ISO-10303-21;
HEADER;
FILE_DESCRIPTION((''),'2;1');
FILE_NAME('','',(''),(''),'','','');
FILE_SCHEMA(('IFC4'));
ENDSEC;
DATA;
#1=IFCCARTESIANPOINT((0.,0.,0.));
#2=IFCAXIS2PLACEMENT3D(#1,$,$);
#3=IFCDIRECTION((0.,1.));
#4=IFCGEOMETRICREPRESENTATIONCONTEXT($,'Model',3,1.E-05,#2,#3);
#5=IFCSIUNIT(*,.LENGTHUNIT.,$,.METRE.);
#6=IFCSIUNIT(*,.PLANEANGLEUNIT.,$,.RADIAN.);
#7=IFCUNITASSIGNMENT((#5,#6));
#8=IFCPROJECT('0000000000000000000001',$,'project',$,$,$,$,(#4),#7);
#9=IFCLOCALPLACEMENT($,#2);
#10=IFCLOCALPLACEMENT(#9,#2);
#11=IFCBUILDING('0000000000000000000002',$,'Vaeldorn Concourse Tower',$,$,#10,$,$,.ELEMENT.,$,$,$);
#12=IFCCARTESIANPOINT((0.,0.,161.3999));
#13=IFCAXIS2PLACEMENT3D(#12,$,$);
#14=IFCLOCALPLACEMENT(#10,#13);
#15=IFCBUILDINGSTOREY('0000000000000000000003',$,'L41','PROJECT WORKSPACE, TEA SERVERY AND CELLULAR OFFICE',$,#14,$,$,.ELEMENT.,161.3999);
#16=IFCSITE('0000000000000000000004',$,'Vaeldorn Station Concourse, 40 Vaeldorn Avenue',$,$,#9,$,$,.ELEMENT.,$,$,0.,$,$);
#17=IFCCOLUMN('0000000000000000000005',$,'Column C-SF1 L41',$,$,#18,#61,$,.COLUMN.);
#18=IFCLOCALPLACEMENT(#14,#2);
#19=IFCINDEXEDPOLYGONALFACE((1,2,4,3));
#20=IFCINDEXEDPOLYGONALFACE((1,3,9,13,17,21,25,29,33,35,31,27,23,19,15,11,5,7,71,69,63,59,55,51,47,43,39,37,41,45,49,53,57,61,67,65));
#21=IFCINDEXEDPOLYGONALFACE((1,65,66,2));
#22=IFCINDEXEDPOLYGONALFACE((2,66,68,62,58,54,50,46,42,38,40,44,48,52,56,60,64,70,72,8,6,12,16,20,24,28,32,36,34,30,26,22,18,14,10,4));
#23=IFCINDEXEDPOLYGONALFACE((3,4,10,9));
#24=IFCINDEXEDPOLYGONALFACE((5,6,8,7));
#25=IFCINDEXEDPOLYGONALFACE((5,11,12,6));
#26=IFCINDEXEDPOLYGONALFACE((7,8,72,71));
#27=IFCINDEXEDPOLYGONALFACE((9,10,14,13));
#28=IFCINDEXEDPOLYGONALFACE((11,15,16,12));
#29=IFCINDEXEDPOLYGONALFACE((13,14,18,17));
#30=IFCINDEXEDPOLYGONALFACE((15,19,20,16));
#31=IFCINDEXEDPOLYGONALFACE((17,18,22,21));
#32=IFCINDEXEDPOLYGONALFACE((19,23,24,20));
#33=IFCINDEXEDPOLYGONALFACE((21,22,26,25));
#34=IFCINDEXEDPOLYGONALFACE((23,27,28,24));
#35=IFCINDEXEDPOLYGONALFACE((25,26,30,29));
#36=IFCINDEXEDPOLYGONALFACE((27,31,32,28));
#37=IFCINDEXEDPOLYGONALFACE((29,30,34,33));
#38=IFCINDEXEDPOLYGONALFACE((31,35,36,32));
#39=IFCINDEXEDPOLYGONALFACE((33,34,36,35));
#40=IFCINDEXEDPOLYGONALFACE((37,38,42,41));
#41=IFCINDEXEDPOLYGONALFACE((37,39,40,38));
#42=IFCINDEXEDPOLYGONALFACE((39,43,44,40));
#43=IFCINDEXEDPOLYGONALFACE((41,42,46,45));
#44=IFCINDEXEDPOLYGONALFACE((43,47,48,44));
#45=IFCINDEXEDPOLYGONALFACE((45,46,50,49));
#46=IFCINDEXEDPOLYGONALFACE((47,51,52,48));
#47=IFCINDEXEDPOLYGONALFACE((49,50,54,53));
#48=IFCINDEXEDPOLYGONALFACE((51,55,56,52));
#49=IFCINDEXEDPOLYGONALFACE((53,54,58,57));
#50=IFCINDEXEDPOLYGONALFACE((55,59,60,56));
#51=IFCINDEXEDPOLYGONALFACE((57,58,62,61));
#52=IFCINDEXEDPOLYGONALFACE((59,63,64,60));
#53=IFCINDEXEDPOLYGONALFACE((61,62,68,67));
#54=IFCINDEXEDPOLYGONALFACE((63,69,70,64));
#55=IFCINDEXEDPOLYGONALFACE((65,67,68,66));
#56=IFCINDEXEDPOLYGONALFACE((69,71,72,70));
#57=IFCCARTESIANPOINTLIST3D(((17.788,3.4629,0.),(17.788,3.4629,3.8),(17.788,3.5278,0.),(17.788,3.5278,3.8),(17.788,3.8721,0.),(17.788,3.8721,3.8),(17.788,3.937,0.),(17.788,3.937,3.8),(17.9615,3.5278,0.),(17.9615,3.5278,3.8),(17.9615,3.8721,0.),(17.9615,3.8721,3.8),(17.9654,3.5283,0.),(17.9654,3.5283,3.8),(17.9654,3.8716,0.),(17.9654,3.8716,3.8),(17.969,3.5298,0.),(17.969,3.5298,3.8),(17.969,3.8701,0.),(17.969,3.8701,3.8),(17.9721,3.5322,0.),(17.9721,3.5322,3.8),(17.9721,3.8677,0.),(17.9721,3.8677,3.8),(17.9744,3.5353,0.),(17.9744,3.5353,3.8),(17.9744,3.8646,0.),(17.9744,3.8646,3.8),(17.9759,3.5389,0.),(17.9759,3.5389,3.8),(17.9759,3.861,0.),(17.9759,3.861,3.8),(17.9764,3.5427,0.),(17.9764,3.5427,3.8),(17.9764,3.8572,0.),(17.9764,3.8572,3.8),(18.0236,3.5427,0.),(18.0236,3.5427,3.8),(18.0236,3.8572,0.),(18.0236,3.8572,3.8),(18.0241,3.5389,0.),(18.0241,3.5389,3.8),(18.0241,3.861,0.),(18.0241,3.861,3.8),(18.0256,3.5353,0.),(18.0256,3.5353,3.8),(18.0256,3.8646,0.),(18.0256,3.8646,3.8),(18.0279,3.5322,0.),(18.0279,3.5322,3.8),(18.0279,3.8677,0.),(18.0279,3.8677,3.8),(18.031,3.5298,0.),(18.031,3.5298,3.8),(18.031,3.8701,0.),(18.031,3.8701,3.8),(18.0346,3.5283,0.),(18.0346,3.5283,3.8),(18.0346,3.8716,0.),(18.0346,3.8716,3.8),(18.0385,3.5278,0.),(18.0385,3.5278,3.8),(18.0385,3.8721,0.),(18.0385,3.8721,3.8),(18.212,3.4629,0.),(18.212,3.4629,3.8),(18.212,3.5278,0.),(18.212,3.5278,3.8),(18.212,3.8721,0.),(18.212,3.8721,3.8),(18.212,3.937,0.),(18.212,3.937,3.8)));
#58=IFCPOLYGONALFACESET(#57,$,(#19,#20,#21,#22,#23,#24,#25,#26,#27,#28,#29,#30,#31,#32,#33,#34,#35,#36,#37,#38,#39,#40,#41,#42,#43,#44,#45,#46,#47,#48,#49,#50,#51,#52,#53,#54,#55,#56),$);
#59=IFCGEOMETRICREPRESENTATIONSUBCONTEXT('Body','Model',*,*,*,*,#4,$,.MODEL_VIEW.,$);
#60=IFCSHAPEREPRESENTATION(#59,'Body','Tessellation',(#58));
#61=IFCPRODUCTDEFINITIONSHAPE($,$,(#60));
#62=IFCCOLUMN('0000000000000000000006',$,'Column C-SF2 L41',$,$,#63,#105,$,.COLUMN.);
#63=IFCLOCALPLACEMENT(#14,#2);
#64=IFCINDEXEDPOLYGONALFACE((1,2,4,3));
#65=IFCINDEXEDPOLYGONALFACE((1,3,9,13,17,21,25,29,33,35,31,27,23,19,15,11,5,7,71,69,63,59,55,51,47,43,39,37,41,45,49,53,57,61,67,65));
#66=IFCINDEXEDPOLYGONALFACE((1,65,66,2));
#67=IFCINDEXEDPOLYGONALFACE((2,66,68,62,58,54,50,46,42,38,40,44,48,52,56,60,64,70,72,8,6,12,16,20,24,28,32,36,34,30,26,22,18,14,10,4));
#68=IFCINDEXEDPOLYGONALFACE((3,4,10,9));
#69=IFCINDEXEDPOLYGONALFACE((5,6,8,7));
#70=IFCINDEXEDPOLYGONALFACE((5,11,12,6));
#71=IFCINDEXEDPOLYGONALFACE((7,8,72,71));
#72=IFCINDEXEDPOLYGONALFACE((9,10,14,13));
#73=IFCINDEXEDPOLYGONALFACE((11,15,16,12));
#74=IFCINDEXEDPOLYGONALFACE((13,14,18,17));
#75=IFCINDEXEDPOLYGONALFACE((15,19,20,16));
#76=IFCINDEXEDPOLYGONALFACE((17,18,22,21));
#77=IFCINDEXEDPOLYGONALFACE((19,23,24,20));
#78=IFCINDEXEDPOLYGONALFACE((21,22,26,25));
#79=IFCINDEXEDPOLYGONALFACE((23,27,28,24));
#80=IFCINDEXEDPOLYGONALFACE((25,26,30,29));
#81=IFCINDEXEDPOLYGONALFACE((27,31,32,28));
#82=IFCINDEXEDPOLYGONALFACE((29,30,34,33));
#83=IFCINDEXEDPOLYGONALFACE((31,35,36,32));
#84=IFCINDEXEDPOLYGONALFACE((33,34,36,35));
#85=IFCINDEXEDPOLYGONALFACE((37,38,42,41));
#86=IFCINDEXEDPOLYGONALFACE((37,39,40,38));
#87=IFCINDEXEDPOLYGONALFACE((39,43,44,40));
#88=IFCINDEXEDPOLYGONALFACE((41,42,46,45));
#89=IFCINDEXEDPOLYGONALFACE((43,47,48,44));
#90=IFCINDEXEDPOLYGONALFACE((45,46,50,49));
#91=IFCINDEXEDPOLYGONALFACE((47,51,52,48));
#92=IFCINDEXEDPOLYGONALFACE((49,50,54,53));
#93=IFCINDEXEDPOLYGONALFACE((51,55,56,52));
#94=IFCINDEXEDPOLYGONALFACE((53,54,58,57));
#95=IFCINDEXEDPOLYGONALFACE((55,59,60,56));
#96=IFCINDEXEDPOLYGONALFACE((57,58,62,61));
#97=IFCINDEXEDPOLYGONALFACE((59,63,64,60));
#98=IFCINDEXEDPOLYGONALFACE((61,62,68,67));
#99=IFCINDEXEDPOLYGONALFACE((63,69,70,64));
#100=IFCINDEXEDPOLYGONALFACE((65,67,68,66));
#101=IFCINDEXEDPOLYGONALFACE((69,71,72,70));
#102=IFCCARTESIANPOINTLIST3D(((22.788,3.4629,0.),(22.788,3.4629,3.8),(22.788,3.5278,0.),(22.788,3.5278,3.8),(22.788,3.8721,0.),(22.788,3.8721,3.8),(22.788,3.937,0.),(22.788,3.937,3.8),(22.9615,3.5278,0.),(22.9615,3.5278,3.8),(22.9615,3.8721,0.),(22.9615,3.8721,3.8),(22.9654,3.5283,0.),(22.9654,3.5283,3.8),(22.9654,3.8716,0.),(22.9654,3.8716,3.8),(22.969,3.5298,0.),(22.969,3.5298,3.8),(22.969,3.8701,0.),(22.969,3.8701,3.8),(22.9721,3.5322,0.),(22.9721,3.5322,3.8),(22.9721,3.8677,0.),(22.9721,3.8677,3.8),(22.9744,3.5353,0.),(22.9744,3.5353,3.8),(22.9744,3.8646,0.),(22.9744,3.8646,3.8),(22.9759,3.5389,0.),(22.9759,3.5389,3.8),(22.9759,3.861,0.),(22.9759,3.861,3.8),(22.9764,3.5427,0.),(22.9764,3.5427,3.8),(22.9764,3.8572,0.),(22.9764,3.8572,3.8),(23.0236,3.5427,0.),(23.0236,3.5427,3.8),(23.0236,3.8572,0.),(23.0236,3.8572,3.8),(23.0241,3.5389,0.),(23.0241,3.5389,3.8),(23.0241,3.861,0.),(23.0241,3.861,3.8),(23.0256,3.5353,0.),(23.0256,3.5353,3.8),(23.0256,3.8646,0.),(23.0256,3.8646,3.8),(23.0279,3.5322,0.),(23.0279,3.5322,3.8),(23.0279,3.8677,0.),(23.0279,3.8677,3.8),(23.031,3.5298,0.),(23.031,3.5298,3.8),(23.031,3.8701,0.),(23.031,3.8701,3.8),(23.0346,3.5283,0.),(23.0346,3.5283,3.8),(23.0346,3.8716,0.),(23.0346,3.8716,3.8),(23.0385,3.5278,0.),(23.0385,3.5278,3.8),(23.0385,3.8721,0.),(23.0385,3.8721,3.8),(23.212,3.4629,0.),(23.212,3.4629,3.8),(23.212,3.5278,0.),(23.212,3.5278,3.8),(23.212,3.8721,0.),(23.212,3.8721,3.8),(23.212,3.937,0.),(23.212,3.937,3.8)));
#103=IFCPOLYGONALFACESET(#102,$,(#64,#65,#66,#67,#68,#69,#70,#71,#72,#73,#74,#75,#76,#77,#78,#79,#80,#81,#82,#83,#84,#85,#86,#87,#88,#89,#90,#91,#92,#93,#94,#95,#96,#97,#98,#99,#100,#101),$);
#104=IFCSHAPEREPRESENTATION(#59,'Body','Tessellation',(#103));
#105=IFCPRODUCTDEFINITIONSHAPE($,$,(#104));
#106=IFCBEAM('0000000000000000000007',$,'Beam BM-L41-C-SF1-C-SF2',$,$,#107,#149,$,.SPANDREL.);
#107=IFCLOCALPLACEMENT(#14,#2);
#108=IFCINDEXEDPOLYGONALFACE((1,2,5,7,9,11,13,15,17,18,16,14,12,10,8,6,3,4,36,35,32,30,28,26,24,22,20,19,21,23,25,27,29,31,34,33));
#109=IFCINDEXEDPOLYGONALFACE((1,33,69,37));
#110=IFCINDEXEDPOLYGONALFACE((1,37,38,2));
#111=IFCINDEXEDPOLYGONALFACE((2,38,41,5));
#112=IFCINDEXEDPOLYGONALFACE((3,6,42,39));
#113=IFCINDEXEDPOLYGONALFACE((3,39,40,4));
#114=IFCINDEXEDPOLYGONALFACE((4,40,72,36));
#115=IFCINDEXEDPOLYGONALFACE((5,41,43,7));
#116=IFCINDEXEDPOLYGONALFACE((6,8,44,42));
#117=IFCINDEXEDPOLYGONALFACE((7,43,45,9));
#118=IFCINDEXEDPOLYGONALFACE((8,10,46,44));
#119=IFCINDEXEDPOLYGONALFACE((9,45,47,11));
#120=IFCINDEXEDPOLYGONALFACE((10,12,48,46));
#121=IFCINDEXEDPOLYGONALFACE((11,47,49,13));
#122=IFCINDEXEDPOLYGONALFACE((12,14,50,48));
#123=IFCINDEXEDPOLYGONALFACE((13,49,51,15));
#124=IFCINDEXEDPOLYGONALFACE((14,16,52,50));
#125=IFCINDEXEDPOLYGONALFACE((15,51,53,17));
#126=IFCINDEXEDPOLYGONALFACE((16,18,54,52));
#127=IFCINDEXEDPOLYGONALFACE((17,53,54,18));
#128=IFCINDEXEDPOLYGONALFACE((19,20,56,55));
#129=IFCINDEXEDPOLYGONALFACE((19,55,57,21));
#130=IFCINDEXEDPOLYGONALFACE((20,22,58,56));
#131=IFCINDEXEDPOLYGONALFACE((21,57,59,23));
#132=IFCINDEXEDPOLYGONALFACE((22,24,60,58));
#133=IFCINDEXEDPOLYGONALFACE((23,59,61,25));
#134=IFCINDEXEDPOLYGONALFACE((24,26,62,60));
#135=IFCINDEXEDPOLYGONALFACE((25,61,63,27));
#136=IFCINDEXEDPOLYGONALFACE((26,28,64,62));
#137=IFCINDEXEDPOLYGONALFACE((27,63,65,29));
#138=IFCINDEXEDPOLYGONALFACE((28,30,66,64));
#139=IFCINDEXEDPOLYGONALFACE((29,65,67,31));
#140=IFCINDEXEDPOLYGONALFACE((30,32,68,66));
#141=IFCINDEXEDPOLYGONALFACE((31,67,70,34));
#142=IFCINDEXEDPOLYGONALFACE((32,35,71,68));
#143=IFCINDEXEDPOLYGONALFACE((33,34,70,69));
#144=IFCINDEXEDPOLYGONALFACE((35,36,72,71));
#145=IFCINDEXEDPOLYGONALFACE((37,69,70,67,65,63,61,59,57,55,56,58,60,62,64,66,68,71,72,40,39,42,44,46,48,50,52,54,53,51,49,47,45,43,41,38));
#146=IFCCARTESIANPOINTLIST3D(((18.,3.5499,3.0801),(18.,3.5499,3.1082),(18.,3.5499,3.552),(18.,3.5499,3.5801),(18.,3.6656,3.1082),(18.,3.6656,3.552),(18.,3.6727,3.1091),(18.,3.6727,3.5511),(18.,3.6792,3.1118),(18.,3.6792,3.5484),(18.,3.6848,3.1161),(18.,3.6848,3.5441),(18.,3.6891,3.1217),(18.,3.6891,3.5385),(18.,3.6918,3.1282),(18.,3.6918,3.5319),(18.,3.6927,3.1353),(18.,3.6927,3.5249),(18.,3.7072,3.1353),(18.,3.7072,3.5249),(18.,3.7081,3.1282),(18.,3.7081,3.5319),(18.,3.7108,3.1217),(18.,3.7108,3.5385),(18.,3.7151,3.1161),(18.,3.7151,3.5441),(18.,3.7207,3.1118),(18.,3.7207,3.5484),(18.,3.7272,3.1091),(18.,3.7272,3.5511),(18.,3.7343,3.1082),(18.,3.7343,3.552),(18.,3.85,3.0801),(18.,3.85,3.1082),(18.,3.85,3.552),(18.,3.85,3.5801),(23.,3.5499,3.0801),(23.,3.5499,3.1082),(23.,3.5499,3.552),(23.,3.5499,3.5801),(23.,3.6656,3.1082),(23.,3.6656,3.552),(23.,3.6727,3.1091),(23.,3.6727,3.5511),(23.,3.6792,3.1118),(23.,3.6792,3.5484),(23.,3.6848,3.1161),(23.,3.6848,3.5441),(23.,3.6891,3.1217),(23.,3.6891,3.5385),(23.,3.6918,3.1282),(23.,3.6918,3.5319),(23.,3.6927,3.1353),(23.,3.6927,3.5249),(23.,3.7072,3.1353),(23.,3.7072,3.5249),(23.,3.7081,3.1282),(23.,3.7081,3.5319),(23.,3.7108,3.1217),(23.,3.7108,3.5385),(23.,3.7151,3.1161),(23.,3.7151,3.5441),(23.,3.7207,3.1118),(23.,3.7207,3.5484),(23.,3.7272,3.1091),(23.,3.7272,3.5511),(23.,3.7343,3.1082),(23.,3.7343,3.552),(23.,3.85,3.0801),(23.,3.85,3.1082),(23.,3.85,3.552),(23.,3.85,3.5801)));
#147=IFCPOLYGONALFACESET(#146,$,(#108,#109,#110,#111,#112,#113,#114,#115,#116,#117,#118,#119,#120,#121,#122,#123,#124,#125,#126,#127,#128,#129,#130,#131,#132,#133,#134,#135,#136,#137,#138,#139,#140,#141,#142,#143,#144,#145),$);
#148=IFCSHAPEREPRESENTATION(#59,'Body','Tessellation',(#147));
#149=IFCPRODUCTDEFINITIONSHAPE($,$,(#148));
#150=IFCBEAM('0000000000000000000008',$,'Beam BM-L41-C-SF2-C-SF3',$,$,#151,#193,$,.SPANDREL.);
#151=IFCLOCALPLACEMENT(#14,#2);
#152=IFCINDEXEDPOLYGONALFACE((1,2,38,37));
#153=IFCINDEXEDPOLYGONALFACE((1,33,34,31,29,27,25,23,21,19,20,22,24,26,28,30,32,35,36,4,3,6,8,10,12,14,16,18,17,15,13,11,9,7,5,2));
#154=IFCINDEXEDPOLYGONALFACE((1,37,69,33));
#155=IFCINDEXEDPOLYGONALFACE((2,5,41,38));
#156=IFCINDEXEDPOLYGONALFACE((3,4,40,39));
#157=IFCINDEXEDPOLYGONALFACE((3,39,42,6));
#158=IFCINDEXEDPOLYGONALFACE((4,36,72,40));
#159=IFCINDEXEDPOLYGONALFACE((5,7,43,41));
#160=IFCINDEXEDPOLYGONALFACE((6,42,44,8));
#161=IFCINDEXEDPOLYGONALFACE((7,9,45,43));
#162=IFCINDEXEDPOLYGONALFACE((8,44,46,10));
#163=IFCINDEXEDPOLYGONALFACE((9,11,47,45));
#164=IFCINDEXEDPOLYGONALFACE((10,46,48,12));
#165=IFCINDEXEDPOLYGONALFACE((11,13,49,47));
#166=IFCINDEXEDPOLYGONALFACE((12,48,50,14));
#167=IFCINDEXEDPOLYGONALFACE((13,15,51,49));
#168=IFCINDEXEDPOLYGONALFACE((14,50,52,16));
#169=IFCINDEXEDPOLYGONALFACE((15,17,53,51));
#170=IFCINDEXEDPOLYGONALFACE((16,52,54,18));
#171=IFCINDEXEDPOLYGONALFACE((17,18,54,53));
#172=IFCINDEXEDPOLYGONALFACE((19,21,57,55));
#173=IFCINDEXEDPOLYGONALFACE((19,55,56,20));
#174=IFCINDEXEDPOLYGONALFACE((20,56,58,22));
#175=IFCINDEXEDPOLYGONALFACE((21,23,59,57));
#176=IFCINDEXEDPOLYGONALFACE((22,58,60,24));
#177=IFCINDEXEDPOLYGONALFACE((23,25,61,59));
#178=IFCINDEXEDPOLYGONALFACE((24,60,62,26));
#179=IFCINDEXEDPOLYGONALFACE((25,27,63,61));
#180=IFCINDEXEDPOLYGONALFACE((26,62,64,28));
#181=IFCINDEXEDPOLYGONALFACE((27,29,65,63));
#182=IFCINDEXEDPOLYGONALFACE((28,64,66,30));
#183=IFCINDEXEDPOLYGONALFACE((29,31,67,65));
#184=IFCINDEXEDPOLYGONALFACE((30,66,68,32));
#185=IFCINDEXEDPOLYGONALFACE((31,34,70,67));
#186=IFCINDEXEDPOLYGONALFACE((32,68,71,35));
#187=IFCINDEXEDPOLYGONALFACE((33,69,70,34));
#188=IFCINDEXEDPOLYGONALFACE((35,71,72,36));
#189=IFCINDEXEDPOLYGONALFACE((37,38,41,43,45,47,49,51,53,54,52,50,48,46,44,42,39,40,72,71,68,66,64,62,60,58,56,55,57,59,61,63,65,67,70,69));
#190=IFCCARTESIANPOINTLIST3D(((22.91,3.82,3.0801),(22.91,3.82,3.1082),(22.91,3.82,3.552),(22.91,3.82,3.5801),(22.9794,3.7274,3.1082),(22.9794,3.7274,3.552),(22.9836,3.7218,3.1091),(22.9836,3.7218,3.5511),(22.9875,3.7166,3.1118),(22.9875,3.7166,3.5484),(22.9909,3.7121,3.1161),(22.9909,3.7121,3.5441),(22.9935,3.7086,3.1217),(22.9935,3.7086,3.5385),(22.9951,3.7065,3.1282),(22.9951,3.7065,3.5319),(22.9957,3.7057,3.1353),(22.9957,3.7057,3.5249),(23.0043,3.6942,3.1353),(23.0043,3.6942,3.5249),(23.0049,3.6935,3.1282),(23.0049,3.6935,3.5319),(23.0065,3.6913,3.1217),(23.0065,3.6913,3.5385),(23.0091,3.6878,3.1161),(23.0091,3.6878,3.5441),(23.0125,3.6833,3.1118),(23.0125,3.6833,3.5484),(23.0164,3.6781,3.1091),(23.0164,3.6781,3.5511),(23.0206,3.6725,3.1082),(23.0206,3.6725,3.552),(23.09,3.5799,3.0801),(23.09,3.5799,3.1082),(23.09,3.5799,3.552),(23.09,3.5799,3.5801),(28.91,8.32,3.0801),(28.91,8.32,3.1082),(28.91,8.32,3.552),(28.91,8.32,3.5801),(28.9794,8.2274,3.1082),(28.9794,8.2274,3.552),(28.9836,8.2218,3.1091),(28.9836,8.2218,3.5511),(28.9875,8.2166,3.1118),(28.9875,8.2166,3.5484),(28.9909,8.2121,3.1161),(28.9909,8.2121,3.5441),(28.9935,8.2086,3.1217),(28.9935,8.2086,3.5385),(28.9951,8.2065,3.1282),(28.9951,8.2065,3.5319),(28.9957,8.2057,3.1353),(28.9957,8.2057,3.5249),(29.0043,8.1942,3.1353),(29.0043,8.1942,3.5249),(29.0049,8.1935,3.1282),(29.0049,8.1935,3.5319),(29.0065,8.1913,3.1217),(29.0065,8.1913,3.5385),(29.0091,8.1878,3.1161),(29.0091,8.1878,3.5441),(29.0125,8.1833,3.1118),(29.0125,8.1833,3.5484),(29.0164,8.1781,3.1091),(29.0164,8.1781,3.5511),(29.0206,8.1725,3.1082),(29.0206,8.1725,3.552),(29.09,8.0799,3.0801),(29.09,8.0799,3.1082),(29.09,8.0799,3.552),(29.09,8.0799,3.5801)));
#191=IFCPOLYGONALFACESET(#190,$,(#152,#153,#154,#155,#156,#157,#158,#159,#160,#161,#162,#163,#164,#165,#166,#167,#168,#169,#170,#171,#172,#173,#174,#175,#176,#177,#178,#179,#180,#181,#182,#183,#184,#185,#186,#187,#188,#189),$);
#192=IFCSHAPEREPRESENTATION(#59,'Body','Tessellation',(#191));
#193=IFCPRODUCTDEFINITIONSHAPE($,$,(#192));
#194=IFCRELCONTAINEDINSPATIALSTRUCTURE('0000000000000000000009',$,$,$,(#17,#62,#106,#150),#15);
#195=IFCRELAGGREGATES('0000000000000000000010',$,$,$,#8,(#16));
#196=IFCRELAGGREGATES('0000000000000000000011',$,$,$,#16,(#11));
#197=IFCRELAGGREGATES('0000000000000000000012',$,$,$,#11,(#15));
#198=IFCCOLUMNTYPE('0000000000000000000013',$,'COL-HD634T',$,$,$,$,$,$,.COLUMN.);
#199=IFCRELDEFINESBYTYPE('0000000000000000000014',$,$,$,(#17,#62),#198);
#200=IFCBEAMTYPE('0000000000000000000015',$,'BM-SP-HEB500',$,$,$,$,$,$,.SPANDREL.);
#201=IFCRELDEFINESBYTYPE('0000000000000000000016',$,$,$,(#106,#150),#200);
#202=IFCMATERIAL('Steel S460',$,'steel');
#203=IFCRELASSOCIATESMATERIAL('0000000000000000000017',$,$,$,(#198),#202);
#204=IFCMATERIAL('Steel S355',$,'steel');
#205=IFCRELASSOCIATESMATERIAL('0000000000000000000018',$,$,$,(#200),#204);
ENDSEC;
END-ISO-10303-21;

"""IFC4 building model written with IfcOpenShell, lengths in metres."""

from ifc_helpers import new_model, si_unit, direction, frame, origin, origin_2d, place, context, subcontext, project, spatial, i_section, extrude, source, transform, mapped, material, material_profile, profile_set, type_object, element, save


model = new_model("IFC4")

# Units and contexts
model_context = context("Model", 3, precision=1e-05, world=origin(), true_north=direction((0.0, 1.0)))
body_context = subcontext(model_context, "Body", "Model", "MODEL_VIEW")
ifc_project = project(units=[si_unit("LENGTHUNIT", "METRE"), si_unit("PLANEANGLEUNIT", "RADIAN")], contexts=[model_context])

# Site, building, storey
site_placement = place(None, origin())
site = spatial("IfcSite", under=ifc_project, at=site_placement, Name="Vaeldorn Station Concourse, 40 Vaeldorn Avenue", CompositionType="ELEMENT", RefElevation=0.0)
building_placement = place(site_placement, origin())
building = spatial("IfcBuilding", under=site, at=building_placement, Name="Vaeldorn Concourse Tower", CompositionType="ELEMENT")
storey_placement = place(building_placement, frame((0.0, 0.0, 161.3999)))
storey = spatial("IfcBuildingStorey", under=building, at=storey_placement, Name="L41", Description="PROJECT WORKSPACE, TEA SERVERY AND CELLULAR OFFICE", CompositionType="ELEMENT", Elevation=161.3999)

# Columns
ifc_material_1 = material(Name="Steel S460", Category="steel")
ifc_material_profile_1 = material_profile(ifc_material_1, i_section(OverallWidth=0.4241, OverallDepth=0.4741, WebThickness=0.0471, FlangeThickness=0.0649, FilletRadius=0.0149, at=origin_2d()), Name="HD 400x634")
ifc_profile_set_1 = profile_set([ifc_material_profile_1], Name="Steel S460")
column_type = type_object("IfcColumnType", Name="COL-HD634T", PredefinedType="COLUMN", material=ifc_profile_set_1)
shared_shape_1 = source(origin(), body_context, "Body", "SweptSolid", [
    extrude(i_section(OverallWidth=0.4241, OverallDepth=0.4741, WebThickness=0.0471, FlangeThickness=0.0649, FilletRadius=0.0149, at=origin_2d()), origin(), (0.0, 0.0, 1.0), 3.8),
])
for number, where, z_axis, x_axis, name in (
    (1, (18.0, 3.7, 0.0), (0.0, 0.0, 1.0), (1.0, 0.0, 0.0), "Column C-SF1 L41"),
    (2, (23.0, 3.7, 0.0), (0.0, 0.0, 1.0), (1.0, 0.0, 0.0), "Column C-SF2 L41"),
):
    element("IfcColumn", number, at=place(storey_placement, frame(where, z_axis=z_axis, x_axis=x_axis)), inside=storey, type_object=column_type, Name=name, PredefinedType="COLUMN", context=body_context, shape_type="MappedRepresentation", body=[
        mapped(shared_shape_1, transform((0.0, 0.0, 0.0), scale=1.0)),
    ])

# Beams
ifc_material_2 = material(Name="Steel S355", Category="steel")
ifc_material_profile_2 = material_profile(ifc_material_2, i_section(OverallWidth=0.3, OverallDepth=0.5, WebThickness=0.0144, FlangeThickness=0.0281, FilletRadius=0.0271, at=origin_2d()), Name="HEB 500")
ifc_profile_set_2 = profile_set([ifc_material_profile_2], Name="Steel S355")
beam_type_1 = type_object("IfcBeamType", Name="BM-SP-HEB500", PredefinedType="SPANDREL", material=ifc_profile_set_2)
shared_shape_2 = source(origin(), body_context, "Body", "SweptSolid", [
    extrude(i_section(OverallWidth=0.3, OverallDepth=0.5, WebThickness=0.0144, FlangeThickness=0.0281, FilletRadius=0.0271, at=origin_2d()), origin(), (0.0, 0.0, 1.0), 5.0),
])
beam_1_placement = place(storey_placement, frame((18.0, 3.7, 3.3301), z_axis=(1.0, 0.0, 0.0), x_axis=(0.0, 1.0, 0.0)))
element("IfcBeam", 3, at=beam_1_placement, inside=storey, type_object=beam_type_1, Name="Beam BM-L41-C-SF1-C-SF2", PredefinedType="SPANDREL", context=body_context, shape_type="MappedRepresentation", body=[
    mapped(shared_shape_2, transform((0.0, 0.0, 0.0), scale=1.0)),
])
shared_shape_3 = source(origin(), body_context, "Body", "SweptSolid", [
    extrude(i_section(OverallWidth=0.3, OverallDepth=0.5, WebThickness=0.0144, FlangeThickness=0.0281, FilletRadius=0.0271, at=origin_2d()), origin(), (0.0, 0.0, 1.0), 7.5),
])
beam_2_placement = place(storey_placement, frame((23.0, 3.7, 3.3301), z_axis=(0.8, 0.6, 0.0), x_axis=(-0.6, 0.8, 0.0)))
element("IfcBeam", 4, at=beam_2_placement, inside=storey, type_object=beam_type_1, Name="Beam BM-L41-C-SF2-C-SF3", PredefinedType="SPANDREL", context=body_context, shape_type="MappedRepresentation", body=[
    mapped(shared_shape_3, transform((0.0, 0.0, 0.0), scale=1.0)),
])

save(model, "model.ifc")
